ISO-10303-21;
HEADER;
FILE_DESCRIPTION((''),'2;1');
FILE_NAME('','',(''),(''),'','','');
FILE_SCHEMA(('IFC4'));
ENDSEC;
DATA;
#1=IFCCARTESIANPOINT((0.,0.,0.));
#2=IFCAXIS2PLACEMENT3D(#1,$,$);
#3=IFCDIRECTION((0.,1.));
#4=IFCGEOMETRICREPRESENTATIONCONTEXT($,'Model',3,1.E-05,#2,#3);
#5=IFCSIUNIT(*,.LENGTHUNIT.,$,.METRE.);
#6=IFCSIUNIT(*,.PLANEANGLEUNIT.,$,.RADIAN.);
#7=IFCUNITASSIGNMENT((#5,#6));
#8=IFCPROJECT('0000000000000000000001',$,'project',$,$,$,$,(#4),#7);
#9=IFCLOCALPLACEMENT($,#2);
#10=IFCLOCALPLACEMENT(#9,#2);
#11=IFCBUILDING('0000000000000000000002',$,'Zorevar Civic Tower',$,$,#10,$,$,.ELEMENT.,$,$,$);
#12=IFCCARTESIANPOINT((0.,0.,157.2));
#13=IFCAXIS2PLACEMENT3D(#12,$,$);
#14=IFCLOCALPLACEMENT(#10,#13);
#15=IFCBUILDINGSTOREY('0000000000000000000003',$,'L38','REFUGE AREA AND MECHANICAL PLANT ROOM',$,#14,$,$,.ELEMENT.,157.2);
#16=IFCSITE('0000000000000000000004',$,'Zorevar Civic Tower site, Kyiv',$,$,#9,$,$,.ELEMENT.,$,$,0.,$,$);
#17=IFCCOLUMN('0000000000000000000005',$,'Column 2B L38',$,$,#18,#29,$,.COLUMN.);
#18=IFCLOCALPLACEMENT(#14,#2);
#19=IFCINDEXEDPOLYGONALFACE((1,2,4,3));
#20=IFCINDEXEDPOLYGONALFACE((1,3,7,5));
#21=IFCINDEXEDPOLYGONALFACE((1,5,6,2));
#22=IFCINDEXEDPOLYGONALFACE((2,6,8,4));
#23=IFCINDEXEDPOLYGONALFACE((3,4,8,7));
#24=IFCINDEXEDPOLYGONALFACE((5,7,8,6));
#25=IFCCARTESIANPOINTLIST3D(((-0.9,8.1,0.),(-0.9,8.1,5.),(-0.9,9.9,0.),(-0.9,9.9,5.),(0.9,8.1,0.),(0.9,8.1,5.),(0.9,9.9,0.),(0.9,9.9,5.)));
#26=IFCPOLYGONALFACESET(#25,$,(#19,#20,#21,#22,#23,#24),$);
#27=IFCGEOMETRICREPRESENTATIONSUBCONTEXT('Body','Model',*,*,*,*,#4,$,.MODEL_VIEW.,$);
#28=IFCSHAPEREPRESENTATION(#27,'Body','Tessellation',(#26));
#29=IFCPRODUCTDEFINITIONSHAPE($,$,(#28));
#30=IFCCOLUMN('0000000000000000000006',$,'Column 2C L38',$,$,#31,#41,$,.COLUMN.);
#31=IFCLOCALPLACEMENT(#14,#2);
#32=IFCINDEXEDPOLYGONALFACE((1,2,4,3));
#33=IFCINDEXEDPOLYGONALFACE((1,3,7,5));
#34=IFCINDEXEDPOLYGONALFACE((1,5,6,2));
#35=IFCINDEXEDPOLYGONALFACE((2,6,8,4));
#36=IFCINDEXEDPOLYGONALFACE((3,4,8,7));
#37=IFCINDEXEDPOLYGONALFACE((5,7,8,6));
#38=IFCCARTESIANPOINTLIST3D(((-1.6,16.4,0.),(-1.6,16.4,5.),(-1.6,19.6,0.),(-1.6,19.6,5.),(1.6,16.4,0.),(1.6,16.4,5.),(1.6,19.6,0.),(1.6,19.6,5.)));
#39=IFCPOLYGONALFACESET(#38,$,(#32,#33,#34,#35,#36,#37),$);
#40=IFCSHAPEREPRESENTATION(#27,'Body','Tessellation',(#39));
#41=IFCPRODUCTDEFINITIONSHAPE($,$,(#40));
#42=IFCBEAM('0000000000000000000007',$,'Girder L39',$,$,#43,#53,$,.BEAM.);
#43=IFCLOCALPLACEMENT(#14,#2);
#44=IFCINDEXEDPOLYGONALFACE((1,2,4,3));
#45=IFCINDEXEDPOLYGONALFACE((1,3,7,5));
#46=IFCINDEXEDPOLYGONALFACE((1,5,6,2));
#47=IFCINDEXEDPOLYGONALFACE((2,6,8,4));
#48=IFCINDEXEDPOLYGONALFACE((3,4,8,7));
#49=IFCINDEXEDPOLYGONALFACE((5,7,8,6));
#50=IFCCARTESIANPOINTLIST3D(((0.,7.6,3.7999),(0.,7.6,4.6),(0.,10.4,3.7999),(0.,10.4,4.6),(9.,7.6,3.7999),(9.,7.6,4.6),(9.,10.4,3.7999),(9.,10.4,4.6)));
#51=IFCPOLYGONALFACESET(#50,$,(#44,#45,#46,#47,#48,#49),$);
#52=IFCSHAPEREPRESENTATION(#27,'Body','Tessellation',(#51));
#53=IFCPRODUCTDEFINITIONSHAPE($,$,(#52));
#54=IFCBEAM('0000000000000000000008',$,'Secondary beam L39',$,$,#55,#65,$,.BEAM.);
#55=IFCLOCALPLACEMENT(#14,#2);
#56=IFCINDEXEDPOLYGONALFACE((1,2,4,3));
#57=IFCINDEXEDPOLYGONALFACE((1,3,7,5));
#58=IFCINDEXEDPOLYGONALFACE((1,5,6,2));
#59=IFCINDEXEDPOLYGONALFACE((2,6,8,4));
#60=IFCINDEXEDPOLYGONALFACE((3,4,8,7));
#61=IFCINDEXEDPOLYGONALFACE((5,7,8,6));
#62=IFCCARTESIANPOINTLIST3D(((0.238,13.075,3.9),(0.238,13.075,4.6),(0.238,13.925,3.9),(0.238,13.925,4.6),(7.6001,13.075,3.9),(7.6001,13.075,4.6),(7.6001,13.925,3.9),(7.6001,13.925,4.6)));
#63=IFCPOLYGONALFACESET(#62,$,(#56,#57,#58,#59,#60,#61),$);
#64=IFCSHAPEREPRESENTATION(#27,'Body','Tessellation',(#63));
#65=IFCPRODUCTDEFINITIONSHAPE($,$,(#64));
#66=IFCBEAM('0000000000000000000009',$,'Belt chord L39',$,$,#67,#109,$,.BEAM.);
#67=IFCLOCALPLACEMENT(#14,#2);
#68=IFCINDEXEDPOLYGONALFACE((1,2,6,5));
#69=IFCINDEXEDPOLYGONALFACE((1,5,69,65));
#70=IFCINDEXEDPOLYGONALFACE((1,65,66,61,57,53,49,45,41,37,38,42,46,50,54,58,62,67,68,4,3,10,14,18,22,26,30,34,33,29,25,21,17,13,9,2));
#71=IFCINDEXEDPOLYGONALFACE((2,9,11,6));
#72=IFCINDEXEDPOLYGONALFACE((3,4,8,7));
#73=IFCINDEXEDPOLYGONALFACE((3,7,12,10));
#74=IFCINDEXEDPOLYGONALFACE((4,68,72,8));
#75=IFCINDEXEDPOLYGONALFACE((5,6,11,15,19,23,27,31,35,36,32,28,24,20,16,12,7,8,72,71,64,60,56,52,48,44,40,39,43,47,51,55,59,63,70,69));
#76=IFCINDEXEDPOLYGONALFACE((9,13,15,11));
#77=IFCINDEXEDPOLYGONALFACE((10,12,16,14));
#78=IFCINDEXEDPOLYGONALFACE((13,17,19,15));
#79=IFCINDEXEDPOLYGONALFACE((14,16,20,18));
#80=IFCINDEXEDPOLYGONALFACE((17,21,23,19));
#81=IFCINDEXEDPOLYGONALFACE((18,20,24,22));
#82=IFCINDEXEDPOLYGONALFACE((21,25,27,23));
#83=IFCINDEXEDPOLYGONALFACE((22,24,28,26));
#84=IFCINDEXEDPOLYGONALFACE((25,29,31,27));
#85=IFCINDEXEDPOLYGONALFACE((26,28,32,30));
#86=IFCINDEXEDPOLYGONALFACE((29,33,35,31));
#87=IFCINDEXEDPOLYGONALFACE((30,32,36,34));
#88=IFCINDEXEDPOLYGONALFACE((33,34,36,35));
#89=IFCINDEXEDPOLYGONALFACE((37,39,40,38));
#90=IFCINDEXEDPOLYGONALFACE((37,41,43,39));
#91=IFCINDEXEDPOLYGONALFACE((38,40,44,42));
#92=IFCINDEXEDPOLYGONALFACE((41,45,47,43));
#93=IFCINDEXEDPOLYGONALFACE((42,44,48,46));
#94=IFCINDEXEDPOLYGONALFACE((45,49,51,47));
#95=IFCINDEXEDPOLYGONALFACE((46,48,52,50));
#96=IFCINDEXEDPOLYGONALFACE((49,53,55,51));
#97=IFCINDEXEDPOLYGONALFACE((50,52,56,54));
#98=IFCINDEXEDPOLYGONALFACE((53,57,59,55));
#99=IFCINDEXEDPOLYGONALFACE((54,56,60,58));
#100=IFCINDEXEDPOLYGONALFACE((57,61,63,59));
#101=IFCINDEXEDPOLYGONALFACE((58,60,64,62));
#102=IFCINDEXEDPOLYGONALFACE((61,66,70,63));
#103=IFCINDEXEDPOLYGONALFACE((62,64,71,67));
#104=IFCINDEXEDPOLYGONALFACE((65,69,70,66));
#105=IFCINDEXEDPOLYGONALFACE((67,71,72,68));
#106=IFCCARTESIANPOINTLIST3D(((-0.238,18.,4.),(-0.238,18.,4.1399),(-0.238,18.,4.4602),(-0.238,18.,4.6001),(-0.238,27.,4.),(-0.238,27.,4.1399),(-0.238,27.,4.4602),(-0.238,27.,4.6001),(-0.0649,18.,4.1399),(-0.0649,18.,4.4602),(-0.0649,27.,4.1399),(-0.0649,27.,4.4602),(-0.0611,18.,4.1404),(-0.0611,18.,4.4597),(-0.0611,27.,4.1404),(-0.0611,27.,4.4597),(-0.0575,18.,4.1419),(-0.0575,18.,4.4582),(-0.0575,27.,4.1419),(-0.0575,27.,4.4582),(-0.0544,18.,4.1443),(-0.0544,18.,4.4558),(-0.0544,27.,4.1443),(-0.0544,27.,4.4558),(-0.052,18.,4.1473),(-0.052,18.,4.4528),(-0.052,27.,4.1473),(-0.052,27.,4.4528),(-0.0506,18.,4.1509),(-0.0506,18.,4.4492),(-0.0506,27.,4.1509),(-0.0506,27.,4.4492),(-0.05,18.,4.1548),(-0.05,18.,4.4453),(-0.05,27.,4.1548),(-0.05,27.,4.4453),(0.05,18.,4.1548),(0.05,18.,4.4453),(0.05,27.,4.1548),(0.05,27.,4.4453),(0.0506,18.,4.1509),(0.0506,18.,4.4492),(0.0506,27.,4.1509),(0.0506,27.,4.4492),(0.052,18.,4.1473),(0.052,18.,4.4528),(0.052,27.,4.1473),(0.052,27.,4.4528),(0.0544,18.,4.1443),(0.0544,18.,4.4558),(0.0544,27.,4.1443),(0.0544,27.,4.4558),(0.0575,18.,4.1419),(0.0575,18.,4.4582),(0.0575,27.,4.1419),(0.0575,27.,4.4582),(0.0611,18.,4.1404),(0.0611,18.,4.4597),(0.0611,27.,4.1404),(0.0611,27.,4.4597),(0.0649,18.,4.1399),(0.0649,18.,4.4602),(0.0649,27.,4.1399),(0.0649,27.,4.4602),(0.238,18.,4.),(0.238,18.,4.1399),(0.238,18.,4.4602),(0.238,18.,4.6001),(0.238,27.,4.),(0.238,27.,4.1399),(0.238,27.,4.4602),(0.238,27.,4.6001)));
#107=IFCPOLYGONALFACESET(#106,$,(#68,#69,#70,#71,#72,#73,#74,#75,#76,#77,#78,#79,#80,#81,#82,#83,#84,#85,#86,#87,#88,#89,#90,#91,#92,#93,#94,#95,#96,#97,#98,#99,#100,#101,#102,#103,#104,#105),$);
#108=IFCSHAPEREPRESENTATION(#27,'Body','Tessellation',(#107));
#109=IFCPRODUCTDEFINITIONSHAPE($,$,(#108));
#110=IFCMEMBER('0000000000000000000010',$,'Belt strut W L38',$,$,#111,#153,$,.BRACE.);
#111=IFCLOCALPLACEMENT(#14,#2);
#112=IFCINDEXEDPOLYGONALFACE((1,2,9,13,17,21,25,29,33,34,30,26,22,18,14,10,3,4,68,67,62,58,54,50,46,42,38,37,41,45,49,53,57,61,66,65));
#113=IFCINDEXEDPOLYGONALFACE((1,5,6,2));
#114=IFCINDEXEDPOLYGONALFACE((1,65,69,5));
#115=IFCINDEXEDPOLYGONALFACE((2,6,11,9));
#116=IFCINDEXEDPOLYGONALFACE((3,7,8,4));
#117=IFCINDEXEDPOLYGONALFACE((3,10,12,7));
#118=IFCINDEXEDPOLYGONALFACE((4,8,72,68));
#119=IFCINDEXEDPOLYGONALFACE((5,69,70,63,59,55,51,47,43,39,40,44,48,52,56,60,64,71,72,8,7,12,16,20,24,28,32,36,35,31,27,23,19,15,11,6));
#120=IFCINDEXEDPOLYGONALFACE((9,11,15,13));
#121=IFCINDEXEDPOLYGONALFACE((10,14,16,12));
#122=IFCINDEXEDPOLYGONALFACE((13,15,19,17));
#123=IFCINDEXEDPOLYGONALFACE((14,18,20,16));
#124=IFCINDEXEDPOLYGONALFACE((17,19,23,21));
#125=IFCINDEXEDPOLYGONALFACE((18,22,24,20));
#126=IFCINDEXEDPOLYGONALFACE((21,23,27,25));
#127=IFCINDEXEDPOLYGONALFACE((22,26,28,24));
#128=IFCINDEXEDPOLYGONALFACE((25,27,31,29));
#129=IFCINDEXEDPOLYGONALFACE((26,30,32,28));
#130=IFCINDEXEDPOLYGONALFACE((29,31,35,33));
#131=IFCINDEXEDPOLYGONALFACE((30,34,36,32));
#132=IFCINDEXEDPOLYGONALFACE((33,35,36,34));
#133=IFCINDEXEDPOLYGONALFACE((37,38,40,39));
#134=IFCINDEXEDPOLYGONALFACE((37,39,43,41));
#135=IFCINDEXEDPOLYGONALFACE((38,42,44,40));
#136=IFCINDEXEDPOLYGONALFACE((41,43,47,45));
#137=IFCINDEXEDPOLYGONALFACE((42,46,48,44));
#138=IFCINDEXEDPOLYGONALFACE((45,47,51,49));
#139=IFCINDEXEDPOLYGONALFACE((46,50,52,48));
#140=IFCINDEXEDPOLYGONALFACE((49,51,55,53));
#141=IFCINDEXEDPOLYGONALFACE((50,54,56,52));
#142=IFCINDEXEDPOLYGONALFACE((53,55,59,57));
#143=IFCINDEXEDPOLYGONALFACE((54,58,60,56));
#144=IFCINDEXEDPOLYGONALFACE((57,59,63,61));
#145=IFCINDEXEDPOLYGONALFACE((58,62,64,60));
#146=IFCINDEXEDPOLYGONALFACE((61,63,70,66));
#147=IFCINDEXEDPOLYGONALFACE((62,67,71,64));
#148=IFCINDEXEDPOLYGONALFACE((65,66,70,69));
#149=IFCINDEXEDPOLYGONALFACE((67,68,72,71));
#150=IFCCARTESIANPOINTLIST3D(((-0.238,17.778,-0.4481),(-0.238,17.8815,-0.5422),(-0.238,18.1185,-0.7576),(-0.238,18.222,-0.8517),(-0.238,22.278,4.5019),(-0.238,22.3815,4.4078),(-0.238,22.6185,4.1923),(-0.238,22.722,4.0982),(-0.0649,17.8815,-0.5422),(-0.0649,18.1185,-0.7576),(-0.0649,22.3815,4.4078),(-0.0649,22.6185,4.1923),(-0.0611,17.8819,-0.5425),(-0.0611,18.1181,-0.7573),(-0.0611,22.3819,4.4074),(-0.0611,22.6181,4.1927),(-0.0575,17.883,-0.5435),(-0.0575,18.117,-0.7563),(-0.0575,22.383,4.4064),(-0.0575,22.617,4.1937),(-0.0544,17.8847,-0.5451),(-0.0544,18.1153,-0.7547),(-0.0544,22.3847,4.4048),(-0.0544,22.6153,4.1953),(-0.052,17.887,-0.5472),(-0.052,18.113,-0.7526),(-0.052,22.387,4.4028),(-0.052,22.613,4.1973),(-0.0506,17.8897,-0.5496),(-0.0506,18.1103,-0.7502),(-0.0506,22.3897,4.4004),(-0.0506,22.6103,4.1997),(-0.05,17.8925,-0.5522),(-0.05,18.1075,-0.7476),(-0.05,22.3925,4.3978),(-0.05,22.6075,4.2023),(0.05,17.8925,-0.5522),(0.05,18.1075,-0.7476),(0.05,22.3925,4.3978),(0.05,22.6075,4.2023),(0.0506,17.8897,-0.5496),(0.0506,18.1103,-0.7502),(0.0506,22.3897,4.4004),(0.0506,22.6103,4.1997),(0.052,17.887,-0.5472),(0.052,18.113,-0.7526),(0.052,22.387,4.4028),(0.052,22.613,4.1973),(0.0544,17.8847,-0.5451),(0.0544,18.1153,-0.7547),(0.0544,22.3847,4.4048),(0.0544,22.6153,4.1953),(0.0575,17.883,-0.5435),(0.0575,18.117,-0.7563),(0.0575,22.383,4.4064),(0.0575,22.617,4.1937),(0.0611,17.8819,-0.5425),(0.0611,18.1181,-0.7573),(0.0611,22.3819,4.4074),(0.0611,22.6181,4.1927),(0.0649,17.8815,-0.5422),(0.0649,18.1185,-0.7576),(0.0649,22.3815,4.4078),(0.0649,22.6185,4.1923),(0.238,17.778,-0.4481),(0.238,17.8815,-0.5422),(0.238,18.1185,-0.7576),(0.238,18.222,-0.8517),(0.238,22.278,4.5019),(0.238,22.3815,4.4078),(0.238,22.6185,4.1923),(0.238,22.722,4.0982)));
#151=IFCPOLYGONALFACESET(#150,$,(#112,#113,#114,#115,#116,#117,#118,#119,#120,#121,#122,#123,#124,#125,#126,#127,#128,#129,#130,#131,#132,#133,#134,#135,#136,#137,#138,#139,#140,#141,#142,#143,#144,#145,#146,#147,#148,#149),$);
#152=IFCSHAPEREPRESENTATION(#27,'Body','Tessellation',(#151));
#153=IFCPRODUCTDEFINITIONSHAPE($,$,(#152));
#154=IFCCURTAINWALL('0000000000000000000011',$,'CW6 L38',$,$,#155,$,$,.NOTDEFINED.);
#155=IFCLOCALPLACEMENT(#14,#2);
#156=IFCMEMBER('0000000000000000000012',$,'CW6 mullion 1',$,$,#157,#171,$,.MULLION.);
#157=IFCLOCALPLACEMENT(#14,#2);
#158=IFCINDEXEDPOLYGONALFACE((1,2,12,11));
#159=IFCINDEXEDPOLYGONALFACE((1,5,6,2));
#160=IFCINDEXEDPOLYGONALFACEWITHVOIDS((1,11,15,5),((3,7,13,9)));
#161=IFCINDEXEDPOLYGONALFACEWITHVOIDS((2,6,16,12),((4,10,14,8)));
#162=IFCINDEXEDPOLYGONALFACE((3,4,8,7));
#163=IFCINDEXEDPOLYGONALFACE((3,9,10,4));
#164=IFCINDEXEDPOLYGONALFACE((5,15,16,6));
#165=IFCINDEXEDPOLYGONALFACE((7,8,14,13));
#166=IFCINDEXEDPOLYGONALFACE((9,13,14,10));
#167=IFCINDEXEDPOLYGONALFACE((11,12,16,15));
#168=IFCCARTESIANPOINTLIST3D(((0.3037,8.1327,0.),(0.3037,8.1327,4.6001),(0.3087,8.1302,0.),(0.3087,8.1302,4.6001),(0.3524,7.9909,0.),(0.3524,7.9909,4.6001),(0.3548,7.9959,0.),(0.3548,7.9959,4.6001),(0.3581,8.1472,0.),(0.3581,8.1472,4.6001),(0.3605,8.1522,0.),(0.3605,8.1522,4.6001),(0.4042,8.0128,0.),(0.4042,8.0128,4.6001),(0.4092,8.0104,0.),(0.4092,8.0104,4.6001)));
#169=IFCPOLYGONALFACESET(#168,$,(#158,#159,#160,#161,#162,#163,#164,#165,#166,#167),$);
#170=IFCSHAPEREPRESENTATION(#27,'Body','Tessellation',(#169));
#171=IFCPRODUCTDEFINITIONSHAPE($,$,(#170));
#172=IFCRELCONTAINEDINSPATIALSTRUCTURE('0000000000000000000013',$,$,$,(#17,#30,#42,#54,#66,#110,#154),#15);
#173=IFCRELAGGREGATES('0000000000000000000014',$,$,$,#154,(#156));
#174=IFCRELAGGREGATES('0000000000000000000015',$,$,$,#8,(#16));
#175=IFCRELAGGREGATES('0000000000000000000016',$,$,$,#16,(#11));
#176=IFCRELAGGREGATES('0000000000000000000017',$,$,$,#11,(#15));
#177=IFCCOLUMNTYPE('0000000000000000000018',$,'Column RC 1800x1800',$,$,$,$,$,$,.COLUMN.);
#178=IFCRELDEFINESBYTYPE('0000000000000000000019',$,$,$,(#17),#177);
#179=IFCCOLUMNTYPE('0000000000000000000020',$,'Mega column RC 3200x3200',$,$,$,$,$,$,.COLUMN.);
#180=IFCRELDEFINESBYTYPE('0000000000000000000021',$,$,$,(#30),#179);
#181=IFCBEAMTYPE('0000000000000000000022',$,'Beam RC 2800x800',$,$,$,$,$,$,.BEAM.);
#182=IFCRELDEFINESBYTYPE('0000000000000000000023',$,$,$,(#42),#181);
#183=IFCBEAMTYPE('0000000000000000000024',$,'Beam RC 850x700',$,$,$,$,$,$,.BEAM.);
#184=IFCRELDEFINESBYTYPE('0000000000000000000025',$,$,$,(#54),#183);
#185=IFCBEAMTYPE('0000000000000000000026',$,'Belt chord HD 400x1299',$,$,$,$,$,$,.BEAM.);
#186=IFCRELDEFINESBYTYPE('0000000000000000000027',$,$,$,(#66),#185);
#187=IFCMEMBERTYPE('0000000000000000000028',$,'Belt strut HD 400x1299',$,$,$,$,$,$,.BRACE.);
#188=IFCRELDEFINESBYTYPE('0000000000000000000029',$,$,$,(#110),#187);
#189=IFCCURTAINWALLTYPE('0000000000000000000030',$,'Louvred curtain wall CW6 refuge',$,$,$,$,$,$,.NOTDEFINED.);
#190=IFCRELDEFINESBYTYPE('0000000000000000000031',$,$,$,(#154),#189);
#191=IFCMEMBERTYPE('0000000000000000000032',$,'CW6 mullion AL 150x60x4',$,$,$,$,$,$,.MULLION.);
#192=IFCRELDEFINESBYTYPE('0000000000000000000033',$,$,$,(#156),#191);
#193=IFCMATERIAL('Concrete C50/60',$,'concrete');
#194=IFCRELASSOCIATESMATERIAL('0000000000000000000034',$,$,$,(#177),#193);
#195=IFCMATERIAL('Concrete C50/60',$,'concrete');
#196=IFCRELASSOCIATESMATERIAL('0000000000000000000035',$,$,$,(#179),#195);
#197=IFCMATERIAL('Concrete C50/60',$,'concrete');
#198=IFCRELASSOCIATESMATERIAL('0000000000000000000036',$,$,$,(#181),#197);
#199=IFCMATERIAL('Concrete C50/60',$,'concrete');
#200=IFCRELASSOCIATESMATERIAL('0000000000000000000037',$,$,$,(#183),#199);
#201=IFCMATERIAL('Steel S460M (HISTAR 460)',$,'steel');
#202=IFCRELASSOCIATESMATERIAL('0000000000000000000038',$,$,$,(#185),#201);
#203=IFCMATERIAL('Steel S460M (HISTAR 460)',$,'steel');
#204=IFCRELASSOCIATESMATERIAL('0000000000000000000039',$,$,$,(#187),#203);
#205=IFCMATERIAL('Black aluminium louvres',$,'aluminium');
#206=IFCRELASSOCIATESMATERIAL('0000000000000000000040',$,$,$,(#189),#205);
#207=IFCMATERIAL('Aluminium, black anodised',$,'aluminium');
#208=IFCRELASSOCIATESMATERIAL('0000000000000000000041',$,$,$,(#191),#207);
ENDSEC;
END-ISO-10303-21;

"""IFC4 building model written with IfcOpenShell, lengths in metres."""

from ifc_helpers import new_model, si_unit, direction, frame, origin, origin_2d, place, context, subcontext, project, spatial, rectangle, hollow_rectangle, i_section, extrude, material, material_profile, profile_set, type_object, element, aggregate, save


model = new_model("IFC4")

# Units and contexts
model_context = context("Model", 3, precision=1e-05, world=origin(), true_north=direction((0.0, 1.0)))
body_context = subcontext(model_context, "Body", "Model", "MODEL_VIEW")
ifc_project = project(units=[si_unit("LENGTHUNIT", "METRE"), si_unit("PLANEANGLEUNIT", "RADIAN")], contexts=[model_context])

# Site, building, storey
site_placement = place(None, origin())
site = spatial("IfcSite", under=ifc_project, at=site_placement, Name="Zorevar Civic Tower site, Kyiv", CompositionType="ELEMENT", RefElevation=0.0)
building_placement = place(site_placement, origin())
building = spatial("IfcBuilding", under=site, at=building_placement, Name="Zorevar Civic Tower", CompositionType="ELEMENT")
storey_placement = place(building_placement, frame((0.0, 0.0, 157.2)))
storey = spatial("IfcBuildingStorey", under=building, at=storey_placement, Name="L38", Description="REFUGE AREA AND MECHANICAL PLANT ROOM", CompositionType="ELEMENT", Elevation=157.2)

# Columns
ifc_material_1 = material(Name="Concrete C50/60", Category="concrete")
ifc_material_profile_1 = material_profile(ifc_material_1, rectangle(XDim=1.8, YDim=1.8, at=origin_2d()), Name="RC 1800x1800")
ifc_profile_set_1 = profile_set([ifc_material_profile_1], Name="Concrete C50/60")
column_type_1 = type_object("IfcColumnType", Name="Column RC 1800x1800", PredefinedType="COLUMN", material=ifc_profile_set_1)
column_1_placement = place(storey_placement, frame((0.0, 9.0, 0.0), z_axis=(0.0, 0.0, 1.0), x_axis=(1.0, 0.0, 0.0)))
element("IfcColumn", 1, at=column_1_placement, inside=storey, type_object=column_type_1, Name="Column 2B L38", PredefinedType="COLUMN", context=body_context, shape_type="SweptSolid", body=[
    extrude(rectangle(XDim=1.8, YDim=1.8, at=origin_2d()), origin(), (0.0, 0.0, 1.0), 5.0),
])
ifc_material_2 = material(Name="Concrete C50/60", Category="concrete")
ifc_material_profile_2 = material_profile(ifc_material_2, rectangle(XDim=3.2, YDim=3.2, at=origin_2d()), Name="RC 3200x3200")
ifc_profile_set_2 = profile_set([ifc_material_profile_2], Name="Concrete C50/60")
column_type_2 = type_object("IfcColumnType", Name="Mega column RC 3200x3200", PredefinedType="COLUMN", material=ifc_profile_set_2)
column_2_placement = place(storey_placement, frame((0.0, 18.0, 0.0), z_axis=(0.0, 0.0, 1.0), x_axis=(1.0, 0.0, 0.0)))
element("IfcColumn", 2, at=column_2_placement, inside=storey, type_object=column_type_2, Name="Column 2C L38", PredefinedType="COLUMN", context=body_context, shape_type="SweptSolid", body=[
    extrude(rectangle(XDim=3.2, YDim=3.2, at=origin_2d()), origin(), (0.0, 0.0, 1.0), 5.0),
])

# Beams
ifc_material_3 = material(Name="Concrete C50/60", Category="concrete")
ifc_material_profile_3 = material_profile(ifc_material_3, rectangle(XDim=2.8, YDim=0.8, at=origin_2d()), Name="RC 2800x800")
ifc_profile_set_3 = profile_set([ifc_material_profile_3], Name="Concrete C50/60")
beam_type_1 = type_object("IfcBeamType", Name="Beam RC 2800x800", PredefinedType="BEAM", material=ifc_profile_set_3)
beam_1_placement = place(storey_placement, frame((0.0, 9.0, 4.2), z_axis=(1.0, 0.0, 0.0), x_axis=(0.0, 1.0, 0.0)))
element("IfcBeam", 3, at=beam_1_placement, inside=storey, type_object=beam_type_1, Name="Girder L39", PredefinedType="BEAM", context=body_context, shape_type="SweptSolid", body=[
    extrude(rectangle(XDim=2.8, YDim=0.8, at=origin_2d()), origin(), (0.0, 0.0, 1.0), 9.0),
])
ifc_material_4 = material(Name="Concrete C50/60", Category="concrete")
ifc_material_profile_4 = material_profile(ifc_material_4, rectangle(XDim=0.8501, YDim=0.7, at=origin_2d()), Name="RC 850x700")
ifc_profile_set_4 = profile_set([ifc_material_profile_4], Name="Concrete C50/60")
beam_type_2 = type_object("IfcBeamType", Name="Beam RC 850x700", PredefinedType="BEAM", material=ifc_profile_set_4)
beam_2_placement = place(storey_placement, frame((0.238, 13.5, 4.25), z_axis=(1.0, 0.0, 0.0), x_axis=(0.0, 1.0, 0.0)))
element("IfcBeam", 4, at=beam_2_placement, inside=storey, type_object=beam_type_2, Name="Secondary beam L39", PredefinedType="BEAM", context=body_context, shape_type="SweptSolid", body=[
    extrude(rectangle(XDim=0.8501, YDim=0.7, at=origin_2d()), origin(), (0.0, 0.0, 1.0), 7.3621),
])
ifc_material_5 = material(Name="Steel S460M (HISTAR 460)", Category="steel")
ifc_material_profile_5 = material_profile(ifc_material_5, i_section(OverallWidth=0.4761, OverallDepth=0.6001, WebThickness=0.1001, FlangeThickness=0.1399, FilletRadius=0.0149, at=origin_2d()), Name="HD 400x1299")
ifc_profile_set_5 = profile_set([ifc_material_profile_5], Name="Steel S460M (HISTAR 460)")
beam_type_3 = type_object("IfcBeamType", Name="Belt chord HD 400x1299", PredefinedType="BEAM", material=ifc_profile_set_5)
beam_3_placement = place(storey_placement, frame((0.0, 18.0, 4.3), z_axis=(0.0, 1.0, 0.0), x_axis=(-1.0, 0.0, 0.0)))
element("IfcBeam", 5, at=beam_3_placement, inside=storey, type_object=beam_type_3, Name="Belt chord L39", PredefinedType="BEAM", context=body_context, shape_type="SweptSolid", body=[
    extrude(i_section(OverallWidth=0.4761, OverallDepth=0.6001, WebThickness=0.1001, FlangeThickness=0.1399, FilletRadius=0.0149, at=origin_2d()), origin(), (0.0, 0.0, 1.0), 9.0),
])

# Member
ifc_material_6 = material(Name="Steel S460M (HISTAR 460)", Category="steel")
ifc_material_profile_6 = material_profile(ifc_material_6, i_section(OverallWidth=0.4761, OverallDepth=0.6001, WebThickness=0.1001, FlangeThickness=0.1399, FilletRadius=0.0149, at=origin_2d()), Name="HD 400x1299")
ifc_profile_set_6 = profile_set([ifc_material_profile_6], Name="Steel S460M (HISTAR 460)")
member_type_1 = type_object("IfcMemberType", Name="Belt strut HD 400x1299", PredefinedType="BRACE", material=ifc_profile_set_6)
member_1_placement = place(storey_placement, frame((0.0, 18.0, -0.6499), z_axis=(0.0, 0.672676, 0.739937), x_axis=(-1.0, 0.0, 0.0)))
element("IfcMember", 6, at=member_1_placement, inside=storey, type_object=member_type_1, Name="Belt strut W L38", PredefinedType="BRACE", context=body_context, shape_type="SweptSolid", body=[
    extrude(i_section(OverallWidth=0.4761, OverallDepth=0.6001, WebThickness=0.1001, FlangeThickness=0.1399, FilletRadius=0.0149, at=origin_2d()), origin(), (0.0, 0.0, 1.0), 6.6897),
])

# Curtain wall, member
ifc_material_7 = material(Name="Black aluminium louvres", Category="aluminium")
curtain_wall_type = type_object("IfcCurtainWallType", Name="Louvred curtain wall CW6 refuge", PredefinedType="NOTDEFINED", material=ifc_material_7)
curtain_wall_1_placement = place(storey_placement, origin())
curtain_wall_1 = element("IfcCurtainWall", 7, at=curtain_wall_1_placement, inside=storey, type_object=curtain_wall_type, Name="CW6 L38", PredefinedType="NOTDEFINED")
ifc_material_8 = material(Name="Aluminium, black anodised", Category="aluminium")
ifc_material_profile_7 = material_profile(ifc_material_8, hollow_rectangle(XDim=0.0601, YDim=0.1499, WallThickness=0.0039, at=origin_2d()), Name="AL 150x60x4")
ifc_profile_set_7 = profile_set([ifc_material_profile_7], Name="Aluminium, black anodised")
member_type_2 = type_object("IfcMemberType", Name="CW6 mullion AL 150x60x4", PredefinedType="MULLION", material=ifc_profile_set_7)
member_2_placement = place(storey_placement, frame((0.3564, 8.0715, 0.0), z_axis=(0.0, 0.0, 1.0), x_axis=(0.945756, 0.324878, 0.0)))
member_2 = element("IfcMember", 8, at=member_2_placement, type_object=member_type_2, Name="CW6 mullion 1", PredefinedType="MULLION", context=body_context, shape_type="SweptSolid", body=[
    extrude(hollow_rectangle(XDim=0.0601, YDim=0.1499, WallThickness=0.0039, at=origin_2d()), origin(), (0.0, 0.0, 1.0), 4.6001),
])

aggregate(curtain_wall_1, [member_2])

save(model, "model.ifc")
